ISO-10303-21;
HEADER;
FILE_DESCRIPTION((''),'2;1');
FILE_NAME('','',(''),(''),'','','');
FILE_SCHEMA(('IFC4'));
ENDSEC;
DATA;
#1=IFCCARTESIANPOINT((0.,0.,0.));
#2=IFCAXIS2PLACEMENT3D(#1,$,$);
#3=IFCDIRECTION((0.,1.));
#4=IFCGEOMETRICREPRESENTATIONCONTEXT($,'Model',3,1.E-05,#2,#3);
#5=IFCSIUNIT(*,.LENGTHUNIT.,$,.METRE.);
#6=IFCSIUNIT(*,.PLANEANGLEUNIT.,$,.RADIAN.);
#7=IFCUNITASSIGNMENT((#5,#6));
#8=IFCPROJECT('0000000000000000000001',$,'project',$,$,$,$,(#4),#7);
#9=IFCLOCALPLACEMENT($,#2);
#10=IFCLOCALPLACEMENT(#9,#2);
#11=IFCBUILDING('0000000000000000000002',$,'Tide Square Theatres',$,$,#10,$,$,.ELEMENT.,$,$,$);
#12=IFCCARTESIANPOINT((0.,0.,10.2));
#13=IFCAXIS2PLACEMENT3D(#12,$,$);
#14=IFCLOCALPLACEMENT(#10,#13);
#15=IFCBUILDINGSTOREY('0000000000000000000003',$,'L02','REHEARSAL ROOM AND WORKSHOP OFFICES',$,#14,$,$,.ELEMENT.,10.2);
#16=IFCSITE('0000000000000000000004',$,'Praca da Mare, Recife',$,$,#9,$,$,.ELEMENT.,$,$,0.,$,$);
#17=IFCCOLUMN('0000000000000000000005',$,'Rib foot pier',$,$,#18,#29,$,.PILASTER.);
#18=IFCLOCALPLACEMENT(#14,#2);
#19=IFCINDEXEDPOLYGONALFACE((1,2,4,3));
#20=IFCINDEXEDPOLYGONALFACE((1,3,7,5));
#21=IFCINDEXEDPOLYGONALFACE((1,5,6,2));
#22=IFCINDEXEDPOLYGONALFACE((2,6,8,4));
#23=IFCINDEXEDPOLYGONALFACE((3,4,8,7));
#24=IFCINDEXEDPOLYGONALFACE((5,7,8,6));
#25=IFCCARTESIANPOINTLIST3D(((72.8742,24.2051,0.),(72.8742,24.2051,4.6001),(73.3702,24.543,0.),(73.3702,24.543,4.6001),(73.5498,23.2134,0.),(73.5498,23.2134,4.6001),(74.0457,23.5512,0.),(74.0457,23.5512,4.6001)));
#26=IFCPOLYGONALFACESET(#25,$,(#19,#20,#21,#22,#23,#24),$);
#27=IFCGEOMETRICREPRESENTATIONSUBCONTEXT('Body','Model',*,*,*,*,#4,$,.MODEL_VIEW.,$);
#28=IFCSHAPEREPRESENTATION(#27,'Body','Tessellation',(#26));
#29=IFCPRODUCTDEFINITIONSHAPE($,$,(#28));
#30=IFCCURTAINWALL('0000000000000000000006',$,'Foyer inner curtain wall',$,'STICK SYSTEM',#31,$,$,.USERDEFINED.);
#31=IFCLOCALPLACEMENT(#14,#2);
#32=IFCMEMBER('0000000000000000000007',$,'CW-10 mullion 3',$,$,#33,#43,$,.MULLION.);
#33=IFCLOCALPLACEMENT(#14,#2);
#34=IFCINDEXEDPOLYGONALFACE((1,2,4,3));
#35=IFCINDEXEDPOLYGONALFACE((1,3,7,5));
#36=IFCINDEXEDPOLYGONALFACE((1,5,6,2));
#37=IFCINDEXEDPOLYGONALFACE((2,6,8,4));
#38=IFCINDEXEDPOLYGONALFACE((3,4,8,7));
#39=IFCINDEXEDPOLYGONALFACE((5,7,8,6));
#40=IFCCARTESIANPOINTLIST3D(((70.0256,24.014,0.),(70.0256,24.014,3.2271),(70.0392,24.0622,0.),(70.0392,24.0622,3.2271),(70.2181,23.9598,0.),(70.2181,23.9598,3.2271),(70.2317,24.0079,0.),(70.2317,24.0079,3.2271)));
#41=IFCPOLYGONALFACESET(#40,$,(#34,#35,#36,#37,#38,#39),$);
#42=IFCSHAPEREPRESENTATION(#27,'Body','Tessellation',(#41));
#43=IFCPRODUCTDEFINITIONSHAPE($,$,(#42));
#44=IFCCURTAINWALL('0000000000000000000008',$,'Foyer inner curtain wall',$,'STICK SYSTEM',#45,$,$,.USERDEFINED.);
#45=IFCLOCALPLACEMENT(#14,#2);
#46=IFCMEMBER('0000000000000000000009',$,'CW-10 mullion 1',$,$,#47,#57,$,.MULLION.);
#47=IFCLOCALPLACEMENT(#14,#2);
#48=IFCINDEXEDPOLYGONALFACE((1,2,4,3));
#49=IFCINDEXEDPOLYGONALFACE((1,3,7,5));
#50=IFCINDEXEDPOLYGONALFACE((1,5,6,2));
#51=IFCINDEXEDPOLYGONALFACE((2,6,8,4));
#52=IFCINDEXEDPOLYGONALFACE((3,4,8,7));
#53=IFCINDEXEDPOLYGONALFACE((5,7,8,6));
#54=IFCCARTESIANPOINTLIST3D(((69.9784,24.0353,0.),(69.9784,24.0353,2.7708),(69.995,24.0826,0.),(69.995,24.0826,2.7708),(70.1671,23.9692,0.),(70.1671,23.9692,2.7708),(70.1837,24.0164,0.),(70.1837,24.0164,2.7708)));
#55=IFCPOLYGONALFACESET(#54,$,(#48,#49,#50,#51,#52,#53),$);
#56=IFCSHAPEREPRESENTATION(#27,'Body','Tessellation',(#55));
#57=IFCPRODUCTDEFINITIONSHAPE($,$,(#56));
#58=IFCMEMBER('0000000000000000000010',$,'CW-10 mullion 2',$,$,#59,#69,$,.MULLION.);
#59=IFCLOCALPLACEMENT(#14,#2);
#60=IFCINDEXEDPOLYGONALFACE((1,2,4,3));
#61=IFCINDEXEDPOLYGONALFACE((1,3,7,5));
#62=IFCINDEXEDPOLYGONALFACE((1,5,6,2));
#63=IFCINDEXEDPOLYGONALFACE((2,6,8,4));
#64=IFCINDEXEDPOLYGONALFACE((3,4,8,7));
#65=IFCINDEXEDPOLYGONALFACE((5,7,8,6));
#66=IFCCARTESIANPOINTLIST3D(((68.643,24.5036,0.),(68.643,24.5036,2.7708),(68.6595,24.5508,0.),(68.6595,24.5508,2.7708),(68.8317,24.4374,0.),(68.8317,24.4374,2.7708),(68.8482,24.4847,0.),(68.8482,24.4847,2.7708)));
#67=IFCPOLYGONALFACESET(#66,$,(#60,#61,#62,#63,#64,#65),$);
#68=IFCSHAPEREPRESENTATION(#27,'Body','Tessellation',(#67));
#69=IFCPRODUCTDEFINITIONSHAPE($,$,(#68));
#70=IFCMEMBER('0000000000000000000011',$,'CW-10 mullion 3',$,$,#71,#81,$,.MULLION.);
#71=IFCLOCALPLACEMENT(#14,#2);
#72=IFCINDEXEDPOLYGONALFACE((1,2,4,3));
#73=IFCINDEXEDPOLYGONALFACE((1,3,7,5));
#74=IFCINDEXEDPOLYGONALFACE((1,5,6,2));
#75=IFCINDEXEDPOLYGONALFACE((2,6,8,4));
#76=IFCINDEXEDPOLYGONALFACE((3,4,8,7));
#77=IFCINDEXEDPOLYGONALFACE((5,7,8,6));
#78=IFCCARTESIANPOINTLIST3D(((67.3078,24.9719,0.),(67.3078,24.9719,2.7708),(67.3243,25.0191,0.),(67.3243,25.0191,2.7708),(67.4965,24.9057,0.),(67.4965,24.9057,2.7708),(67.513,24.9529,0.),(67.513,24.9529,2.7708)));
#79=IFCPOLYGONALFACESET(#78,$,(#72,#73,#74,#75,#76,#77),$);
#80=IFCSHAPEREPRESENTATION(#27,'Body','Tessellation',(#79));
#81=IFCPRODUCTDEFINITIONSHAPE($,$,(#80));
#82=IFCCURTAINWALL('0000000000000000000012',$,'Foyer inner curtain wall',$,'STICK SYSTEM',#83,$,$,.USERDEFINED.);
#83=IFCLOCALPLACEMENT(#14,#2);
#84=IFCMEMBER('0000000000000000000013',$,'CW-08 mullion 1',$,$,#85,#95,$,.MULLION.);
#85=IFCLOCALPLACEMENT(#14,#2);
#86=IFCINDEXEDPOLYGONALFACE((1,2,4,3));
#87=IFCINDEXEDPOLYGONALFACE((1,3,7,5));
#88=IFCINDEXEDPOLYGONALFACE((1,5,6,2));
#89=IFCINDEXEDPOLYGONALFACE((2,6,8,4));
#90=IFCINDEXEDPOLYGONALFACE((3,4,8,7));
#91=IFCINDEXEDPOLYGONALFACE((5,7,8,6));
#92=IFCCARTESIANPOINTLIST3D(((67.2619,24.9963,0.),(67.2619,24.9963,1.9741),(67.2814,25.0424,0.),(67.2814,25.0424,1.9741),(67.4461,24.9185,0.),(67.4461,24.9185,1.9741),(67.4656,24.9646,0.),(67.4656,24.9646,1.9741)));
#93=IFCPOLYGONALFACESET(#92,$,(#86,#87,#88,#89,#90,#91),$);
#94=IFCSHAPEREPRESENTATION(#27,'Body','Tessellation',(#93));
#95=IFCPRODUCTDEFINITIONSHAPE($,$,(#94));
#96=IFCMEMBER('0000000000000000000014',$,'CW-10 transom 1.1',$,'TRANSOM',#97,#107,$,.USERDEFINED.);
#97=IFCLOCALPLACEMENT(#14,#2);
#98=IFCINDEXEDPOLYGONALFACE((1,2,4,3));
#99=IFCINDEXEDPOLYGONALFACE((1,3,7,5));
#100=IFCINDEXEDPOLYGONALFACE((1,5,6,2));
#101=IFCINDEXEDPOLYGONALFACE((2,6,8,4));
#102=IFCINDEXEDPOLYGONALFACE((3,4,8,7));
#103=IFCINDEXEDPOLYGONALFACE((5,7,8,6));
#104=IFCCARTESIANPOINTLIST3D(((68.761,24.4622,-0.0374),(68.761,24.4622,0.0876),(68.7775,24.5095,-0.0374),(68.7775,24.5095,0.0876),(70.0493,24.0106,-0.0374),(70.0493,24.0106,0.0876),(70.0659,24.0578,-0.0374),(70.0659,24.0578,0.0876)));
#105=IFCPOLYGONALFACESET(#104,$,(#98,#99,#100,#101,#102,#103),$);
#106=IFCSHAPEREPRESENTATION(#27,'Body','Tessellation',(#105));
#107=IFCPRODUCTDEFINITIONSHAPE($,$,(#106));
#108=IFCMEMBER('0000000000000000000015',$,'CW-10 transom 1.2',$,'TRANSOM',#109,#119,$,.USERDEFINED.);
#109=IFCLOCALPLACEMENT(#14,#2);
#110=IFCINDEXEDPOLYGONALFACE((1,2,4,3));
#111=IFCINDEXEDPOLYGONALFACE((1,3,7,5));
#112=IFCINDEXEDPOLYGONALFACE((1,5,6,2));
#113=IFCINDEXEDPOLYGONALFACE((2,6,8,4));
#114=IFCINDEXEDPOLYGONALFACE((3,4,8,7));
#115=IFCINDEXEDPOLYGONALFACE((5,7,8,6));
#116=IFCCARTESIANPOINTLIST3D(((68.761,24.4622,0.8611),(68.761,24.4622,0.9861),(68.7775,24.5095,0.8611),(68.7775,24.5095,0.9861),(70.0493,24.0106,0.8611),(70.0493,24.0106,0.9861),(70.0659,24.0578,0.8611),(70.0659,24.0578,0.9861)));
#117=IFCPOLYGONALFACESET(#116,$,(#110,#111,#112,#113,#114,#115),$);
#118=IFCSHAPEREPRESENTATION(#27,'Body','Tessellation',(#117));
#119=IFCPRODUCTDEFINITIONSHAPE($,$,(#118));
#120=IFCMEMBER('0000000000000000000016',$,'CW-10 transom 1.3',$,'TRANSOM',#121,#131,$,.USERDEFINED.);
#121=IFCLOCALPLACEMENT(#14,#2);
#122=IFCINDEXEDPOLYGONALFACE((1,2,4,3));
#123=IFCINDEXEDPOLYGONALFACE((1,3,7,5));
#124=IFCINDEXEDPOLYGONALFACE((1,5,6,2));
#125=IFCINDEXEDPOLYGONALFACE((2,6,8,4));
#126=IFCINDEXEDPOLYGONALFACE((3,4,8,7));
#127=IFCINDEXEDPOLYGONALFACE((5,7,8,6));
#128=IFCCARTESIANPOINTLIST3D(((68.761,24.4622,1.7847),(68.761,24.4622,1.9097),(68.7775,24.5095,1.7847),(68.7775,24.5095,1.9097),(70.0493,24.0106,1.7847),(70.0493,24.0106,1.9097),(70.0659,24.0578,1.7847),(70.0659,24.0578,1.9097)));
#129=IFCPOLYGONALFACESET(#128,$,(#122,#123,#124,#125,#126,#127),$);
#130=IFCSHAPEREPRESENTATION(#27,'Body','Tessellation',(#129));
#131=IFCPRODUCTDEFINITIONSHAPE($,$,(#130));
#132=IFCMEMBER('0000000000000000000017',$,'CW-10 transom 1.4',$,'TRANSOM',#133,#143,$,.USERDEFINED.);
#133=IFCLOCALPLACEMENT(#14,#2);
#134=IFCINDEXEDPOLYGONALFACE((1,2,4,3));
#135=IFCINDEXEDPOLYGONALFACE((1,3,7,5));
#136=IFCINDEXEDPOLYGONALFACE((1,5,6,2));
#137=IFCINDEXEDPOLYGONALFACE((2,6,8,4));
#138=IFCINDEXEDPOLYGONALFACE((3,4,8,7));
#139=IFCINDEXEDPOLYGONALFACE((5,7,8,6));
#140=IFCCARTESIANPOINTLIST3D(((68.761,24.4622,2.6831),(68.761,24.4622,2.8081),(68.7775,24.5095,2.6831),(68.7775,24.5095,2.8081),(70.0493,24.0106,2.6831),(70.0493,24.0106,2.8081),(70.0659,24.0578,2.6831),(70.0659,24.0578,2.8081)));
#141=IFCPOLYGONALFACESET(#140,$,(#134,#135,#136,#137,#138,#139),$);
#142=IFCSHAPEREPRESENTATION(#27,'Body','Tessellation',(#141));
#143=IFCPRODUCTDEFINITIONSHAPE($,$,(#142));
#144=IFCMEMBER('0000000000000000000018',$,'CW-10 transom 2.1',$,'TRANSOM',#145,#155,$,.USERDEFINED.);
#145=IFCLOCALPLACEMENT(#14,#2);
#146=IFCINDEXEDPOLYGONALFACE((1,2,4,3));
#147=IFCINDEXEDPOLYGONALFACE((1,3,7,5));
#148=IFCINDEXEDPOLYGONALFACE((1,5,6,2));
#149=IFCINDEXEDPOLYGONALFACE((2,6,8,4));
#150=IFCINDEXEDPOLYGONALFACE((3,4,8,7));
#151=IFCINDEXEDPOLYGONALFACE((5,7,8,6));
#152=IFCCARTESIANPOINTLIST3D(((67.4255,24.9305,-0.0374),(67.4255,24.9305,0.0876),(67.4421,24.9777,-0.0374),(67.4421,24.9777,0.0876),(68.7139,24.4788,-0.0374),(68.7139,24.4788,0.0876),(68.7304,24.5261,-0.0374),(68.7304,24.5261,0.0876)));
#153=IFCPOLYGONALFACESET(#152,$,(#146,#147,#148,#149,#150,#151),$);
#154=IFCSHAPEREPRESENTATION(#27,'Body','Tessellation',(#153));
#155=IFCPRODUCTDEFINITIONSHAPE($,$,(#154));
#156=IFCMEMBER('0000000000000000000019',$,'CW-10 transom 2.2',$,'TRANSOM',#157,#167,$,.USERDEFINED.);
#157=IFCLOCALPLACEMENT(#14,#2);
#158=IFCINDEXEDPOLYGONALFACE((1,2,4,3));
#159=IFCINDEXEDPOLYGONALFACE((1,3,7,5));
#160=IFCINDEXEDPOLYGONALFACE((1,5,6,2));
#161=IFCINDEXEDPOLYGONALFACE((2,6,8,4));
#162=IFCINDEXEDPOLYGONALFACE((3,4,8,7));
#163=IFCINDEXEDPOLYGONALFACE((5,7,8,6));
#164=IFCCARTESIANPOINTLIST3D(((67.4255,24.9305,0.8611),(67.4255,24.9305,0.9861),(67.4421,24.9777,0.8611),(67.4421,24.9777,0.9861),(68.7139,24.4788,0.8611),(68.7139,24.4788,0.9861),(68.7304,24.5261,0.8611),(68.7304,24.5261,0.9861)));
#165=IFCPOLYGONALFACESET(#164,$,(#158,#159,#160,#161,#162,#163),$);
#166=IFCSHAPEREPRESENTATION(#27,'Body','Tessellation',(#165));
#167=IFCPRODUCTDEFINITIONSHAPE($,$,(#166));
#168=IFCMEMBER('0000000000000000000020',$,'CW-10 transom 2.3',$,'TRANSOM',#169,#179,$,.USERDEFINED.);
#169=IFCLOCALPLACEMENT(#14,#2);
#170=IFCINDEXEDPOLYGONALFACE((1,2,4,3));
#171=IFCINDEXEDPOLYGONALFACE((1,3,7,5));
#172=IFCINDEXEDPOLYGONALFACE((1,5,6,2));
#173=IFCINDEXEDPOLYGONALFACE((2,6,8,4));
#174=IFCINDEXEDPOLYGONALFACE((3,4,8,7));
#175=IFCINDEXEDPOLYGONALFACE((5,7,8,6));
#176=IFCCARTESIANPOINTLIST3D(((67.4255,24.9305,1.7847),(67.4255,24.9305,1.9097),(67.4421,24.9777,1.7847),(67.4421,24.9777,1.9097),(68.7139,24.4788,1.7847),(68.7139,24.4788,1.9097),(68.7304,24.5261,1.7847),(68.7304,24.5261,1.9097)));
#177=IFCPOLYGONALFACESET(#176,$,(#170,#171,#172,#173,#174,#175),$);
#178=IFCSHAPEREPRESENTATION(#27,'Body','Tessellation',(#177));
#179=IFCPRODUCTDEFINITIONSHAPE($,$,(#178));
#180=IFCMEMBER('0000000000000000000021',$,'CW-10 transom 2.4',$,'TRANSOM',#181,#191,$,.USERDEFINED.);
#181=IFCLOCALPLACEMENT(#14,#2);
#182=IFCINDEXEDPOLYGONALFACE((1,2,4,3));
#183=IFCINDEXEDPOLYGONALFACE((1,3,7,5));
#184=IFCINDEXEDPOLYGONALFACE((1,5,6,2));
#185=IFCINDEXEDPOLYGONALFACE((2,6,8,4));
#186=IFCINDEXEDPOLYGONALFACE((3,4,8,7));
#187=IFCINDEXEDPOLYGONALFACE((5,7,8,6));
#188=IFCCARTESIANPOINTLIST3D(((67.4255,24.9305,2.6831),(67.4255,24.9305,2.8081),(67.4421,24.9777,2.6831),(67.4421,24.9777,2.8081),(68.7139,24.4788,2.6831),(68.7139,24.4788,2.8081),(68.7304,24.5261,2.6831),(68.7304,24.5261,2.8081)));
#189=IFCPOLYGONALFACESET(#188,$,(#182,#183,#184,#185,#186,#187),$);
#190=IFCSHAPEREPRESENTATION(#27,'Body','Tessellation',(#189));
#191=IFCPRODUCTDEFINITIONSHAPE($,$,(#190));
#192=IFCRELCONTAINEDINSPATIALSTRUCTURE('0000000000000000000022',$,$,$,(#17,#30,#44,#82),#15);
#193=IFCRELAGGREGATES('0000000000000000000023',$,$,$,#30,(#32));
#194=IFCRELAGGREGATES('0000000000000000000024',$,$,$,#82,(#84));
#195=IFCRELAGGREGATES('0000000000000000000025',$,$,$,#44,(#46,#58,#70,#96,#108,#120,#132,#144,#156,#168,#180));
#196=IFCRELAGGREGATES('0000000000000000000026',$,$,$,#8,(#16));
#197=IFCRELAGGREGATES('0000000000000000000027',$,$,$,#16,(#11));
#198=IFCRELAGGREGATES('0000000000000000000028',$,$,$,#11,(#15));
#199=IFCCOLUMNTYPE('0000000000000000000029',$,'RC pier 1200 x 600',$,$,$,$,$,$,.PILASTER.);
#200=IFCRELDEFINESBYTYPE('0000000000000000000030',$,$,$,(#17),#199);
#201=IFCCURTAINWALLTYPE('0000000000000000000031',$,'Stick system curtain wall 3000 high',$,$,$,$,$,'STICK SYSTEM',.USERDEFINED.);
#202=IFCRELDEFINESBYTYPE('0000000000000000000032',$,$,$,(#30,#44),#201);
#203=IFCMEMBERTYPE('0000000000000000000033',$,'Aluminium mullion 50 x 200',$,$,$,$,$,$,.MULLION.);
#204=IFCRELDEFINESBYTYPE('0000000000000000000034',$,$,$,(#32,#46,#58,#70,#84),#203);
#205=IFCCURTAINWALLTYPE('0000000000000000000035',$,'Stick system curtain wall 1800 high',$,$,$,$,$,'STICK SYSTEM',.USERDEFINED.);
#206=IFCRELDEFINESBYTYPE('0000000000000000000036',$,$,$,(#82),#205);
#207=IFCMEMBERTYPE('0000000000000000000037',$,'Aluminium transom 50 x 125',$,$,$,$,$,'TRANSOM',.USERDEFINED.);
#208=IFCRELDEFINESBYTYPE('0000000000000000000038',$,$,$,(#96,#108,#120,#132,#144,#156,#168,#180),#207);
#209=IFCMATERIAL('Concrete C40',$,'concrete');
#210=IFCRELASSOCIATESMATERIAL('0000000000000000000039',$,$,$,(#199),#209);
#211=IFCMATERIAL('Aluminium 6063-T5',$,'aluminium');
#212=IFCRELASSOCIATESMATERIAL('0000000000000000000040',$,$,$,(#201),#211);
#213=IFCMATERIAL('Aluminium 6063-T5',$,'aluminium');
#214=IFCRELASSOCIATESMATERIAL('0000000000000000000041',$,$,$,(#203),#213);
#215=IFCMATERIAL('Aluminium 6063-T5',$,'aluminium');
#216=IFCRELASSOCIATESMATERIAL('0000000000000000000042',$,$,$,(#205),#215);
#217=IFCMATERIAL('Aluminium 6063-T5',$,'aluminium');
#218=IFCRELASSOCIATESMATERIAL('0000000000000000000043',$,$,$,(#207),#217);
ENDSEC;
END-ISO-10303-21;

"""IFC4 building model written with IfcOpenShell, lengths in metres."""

from ifc_helpers import new_model, si_unit, direction, frame, origin, origin_2d, place, context, subcontext, project, spatial, rectangle, extrude, material, material_profile, profile_set, type_object, element, aggregate, save


model = new_model("IFC4")

# Units and contexts
model_context = context("Model", 3, precision=1e-05, world=origin(), true_north=direction((0.0, 1.0)))
body_context = subcontext(model_context, "Body", "Model", "MODEL_VIEW")
ifc_project = project(units=[si_unit("LENGTHUNIT", "METRE"), si_unit("PLANEANGLEUNIT", "RADIAN")], contexts=[model_context])

# Site, building, storey
site_placement = place(None, origin())
site = spatial("IfcSite", under=ifc_project, at=site_placement, Name="Praca da Mare, Recife", CompositionType="ELEMENT", RefElevation=0.0)
building_placement = place(site_placement, origin())
building = spatial("IfcBuilding", under=site, at=building_placement, Name="Tide Square Theatres", CompositionType="ELEMENT")
storey_placement = place(building_placement, frame((0.0, 0.0, 10.2)))
storey = spatial("IfcBuildingStorey", under=building, at=storey_placement, Name="L02", Description="REHEARSAL ROOM AND WORKSHOP OFFICES", CompositionType="ELEMENT", Elevation=10.2)

# Column
ifc_material_1 = material(Name="Concrete C40", Category="concrete")
ifc_material_profile_1 = material_profile(ifc_material_1, rectangle(XDim=1.2, YDim=0.6001, at=origin_2d()))
ifc_profile_set_1 = profile_set([ifc_material_profile_1], Name="Concrete C40")
column_type = type_object("IfcColumnType", Name="RC pier 1200 x 600", PredefinedType="PILASTER", material=ifc_profile_set_1)
column_placement = place(storey_placement, frame((73.46, 23.8782, 0.0), z_axis=(0.0, 0.0, 1.0), x_axis=(0.562978, -0.826472, 0.0)))
element("IfcColumn", 1, at=column_placement, inside=storey, type_object=column_type, Name="Rib foot pier", PredefinedType="PILASTER", context=body_context, shape_type="SweptSolid", body=[
    extrude(rectangle(XDim=1.2, YDim=0.6001, at=origin_2d()), origin(), (0.0, 0.0, 1.0), 4.6001),
])

# Curtain wall, member
ifc_material_2 = material(Name="Aluminium 6063-T5", Category="aluminium")
curtain_wall_type_1 = type_object("IfcCurtainWallType", Name="Stick system curtain wall 3000 high", ElementType="STICK SYSTEM", PredefinedType="USERDEFINED", material=ifc_material_2)
curtain_wall_1_placement = place(storey_placement, origin())
curtain_wall_1 = element("IfcCurtainWall", 2, at=curtain_wall_1_placement, inside=storey, type_object=curtain_wall_type_1, Name="Foyer inner curtain wall", ObjectType="STICK SYSTEM", PredefinedType="USERDEFINED")
ifc_material_3 = material(Name="Aluminium 6063-T5", Category="aluminium")
ifc_material_profile_2 = material_profile(ifc_material_3, rectangle(XDim=0.05, YDim=0.2, at=origin_2d()))
ifc_profile_set_2 = profile_set([ifc_material_profile_2], Name="Aluminium 6063-T5")
member_type_1 = type_object("IfcMemberType", Name="Aluminium mullion 50 x 200", PredefinedType="MULLION", material=ifc_profile_set_2)
member_1_placement = place(storey_placement, frame((70.1287, 24.011, 0.0), z_axis=(0.0, 0.0, 1.0), x_axis=(-0.271328, -0.962487, 0.0)))
member_1 = element("IfcMember", 3, at=member_1_placement, type_object=member_type_1, Name="CW-10 mullion 3", PredefinedType="MULLION", context=body_context, shape_type="SweptSolid", body=[
    extrude(rectangle(XDim=0.05, YDim=0.2, at=origin_2d()), origin(), (0.0, 0.0, 1.0), 3.2271),
])
aggregate(curtain_wall_1, [member_1])

# Curtain wall, members
curtain_wall_2_placement = place(storey_placement, origin())
curtain_wall_2 = element("IfcCurtainWall", 4, at=curtain_wall_2_placement, inside=storey, type_object=curtain_wall_type_1, Name="Foyer inner curtain wall", ObjectType="STICK SYSTEM", PredefinedType="USERDEFINED")
member_2_placement = place(storey_placement, frame((70.0811, 24.0259, 0.0), z_axis=(0.0, 0.0, 1.0), x_axis=(-0.330876, -0.943674, 0.0)))
member_2 = element("IfcMember", 5, at=member_2_placement, type_object=member_type_1, Name="CW-10 mullion 1", PredefinedType="MULLION", context=body_context, shape_type="SweptSolid", body=[
    extrude(rectangle(XDim=0.05, YDim=0.2, at=origin_2d()), origin(), (0.0, 0.0, 1.0), 2.7708),
])
member_3_placement = place(storey_placement, frame((68.7456, 24.4941, 0.0), z_axis=(0.0, 0.0, 1.0), x_axis=(-0.330876, -0.943674, 0.0)))
member_3 = element("IfcMember", 6, at=member_3_placement, type_object=member_type_1, Name="CW-10 mullion 2", PredefinedType="MULLION", context=body_context, shape_type="SweptSolid", body=[
    extrude(rectangle(XDim=0.05, YDim=0.2, at=origin_2d()), origin(), (0.0, 0.0, 1.0), 2.7708),
])
member_4_placement = place(storey_placement, frame((67.4104, 24.9624, 0.0), z_axis=(0.0, 0.0, 1.0), x_axis=(-0.330876, -0.943674, 0.0)))
member_4 = element("IfcMember", 7, at=member_4_placement, type_object=member_type_1, Name="CW-10 mullion 3", PredefinedType="MULLION", context=body_context, shape_type="SweptSolid", body=[
    extrude(rectangle(XDim=0.05, YDim=0.2, at=origin_2d()), origin(), (0.0, 0.0, 1.0), 2.7708),
])

# Curtain wall, member
ifc_material_4 = material(Name="Aluminium 6063-T5", Category="aluminium")
curtain_wall_type_2 = type_object("IfcCurtainWallType", Name="Stick system curtain wall 1800 high", ElementType="STICK SYSTEM", PredefinedType="USERDEFINED", material=ifc_material_4)
curtain_wall_3_placement = place(storey_placement, origin())
curtain_wall_3 = element("IfcCurtainWall", 8, at=curtain_wall_3_placement, inside=storey, type_object=curtain_wall_type_2, Name="Foyer inner curtain wall", ObjectType="STICK SYSTEM", PredefinedType="USERDEFINED")
member_5_placement = place(storey_placement, frame((67.3638, 24.9805, 0.0), z_axis=(0.0, 0.0, 1.0), x_axis=(-0.389137, -0.92118, 0.0)))
member_5 = element("IfcMember", 9, at=member_5_placement, type_object=member_type_1, Name="CW-08 mullion 1", PredefinedType="MULLION", context=body_context, shape_type="SweptSolid", body=[
    extrude(rectangle(XDim=0.05, YDim=0.2, at=origin_2d()), origin(), (0.0, 0.0, 1.0), 1.9741),
])

# Members
ifc_material_5 = material(Name="Aluminium 6063-T5", Category="aluminium")
ifc_material_profile_3 = material_profile(ifc_material_5, rectangle(XDim=0.05, YDim=0.125, at=origin_2d()))
ifc_profile_set_3 = profile_set([ifc_material_profile_3], Name="Aluminium 6063-T5")
member_type_2 = type_object("IfcMemberType", Name="Aluminium transom 50 x 125", ElementType="TRANSOM", PredefinedType="USERDEFINED", material=ifc_profile_set_3)
member_6_placement = place(storey_placement, frame((70.0576, 24.0342, 0.0251), z_axis=(-0.943688, 0.330836, 0.0), x_axis=(-0.330836, -0.943688, 0.0)))
member_6 = element("IfcMember", 10, at=member_6_placement, type_object=member_type_2, Name="CW-10 transom 1.1", ObjectType="TRANSOM", PredefinedType="USERDEFINED", context=body_context, shape_type="SweptSolid", body=[
    extrude(rectangle(XDim=0.05, YDim=0.125, at=origin_2d()), origin(), (0.0, 0.0, 1.0), 1.3652),
])
member_7_placement = place(storey_placement, frame((70.0576, 24.0342, 0.9236), z_axis=(-0.943688, 0.330836, 0.0), x_axis=(-0.330836, -0.943688, 0.0)))
member_7 = element("IfcMember", 11, at=member_7_placement, type_object=member_type_2, Name="CW-10 transom 1.2", ObjectType="TRANSOM", PredefinedType="USERDEFINED", context=body_context, shape_type="SweptSolid", body=[
    extrude(rectangle(XDim=0.05, YDim=0.125, at=origin_2d()), origin(), (0.0, 0.0, 1.0), 1.3652),
])
member_8_placement = place(storey_placement, frame((70.0576, 24.0342, 1.8472), z_axis=(-0.943688, 0.330836, 0.0), x_axis=(-0.330836, -0.943688, 0.0)))
member_8 = element("IfcMember", 12, at=member_8_placement, type_object=member_type_2, Name="CW-10 transom 1.3", ObjectType="TRANSOM", PredefinedType="USERDEFINED", context=body_context, shape_type="SweptSolid", body=[
    extrude(rectangle(XDim=0.05, YDim=0.125, at=origin_2d()), origin(), (0.0, 0.0, 1.0), 1.3652),
])
member_9_placement = place(storey_placement, frame((70.0576, 24.0342, 2.7456), z_axis=(-0.943688, 0.330836, 0.0), x_axis=(-0.330836, -0.943688, 0.0)))
member_9 = element("IfcMember", 13, at=member_9_placement, type_object=member_type_2, Name="CW-10 transom 1.4", ObjectType="TRANSOM", PredefinedType="USERDEFINED", context=body_context, shape_type="SweptSolid", body=[
    extrude(rectangle(XDim=0.05, YDim=0.125, at=origin_2d()), origin(), (0.0, 0.0, 1.0), 1.3652),
])
member_10_placement = place(storey_placement, frame((68.7222, 24.5024, 0.0251), z_axis=(-0.943688, 0.330836, 0.0), x_axis=(-0.330836, -0.943688, 0.0)))
member_10 = element("IfcMember", 14, at=member_10_placement, type_object=member_type_2, Name="CW-10 transom 2.1", ObjectType="TRANSOM", PredefinedType="USERDEFINED", context=body_context, shape_type="SweptSolid", body=[
    extrude(rectangle(XDim=0.05, YDim=0.125, at=origin_2d()), origin(), (0.0, 0.0, 1.0), 1.3652),
])
member_11_placement = place(storey_placement, frame((68.7222, 24.5024, 0.9236), z_axis=(-0.943688, 0.330836, 0.0), x_axis=(-0.330836, -0.943688, 0.0)))
member_11 = element("IfcMember", 15, at=member_11_placement, type_object=member_type_2, Name="CW-10 transom 2.2", ObjectType="TRANSOM", PredefinedType="USERDEFINED", context=body_context, shape_type="SweptSolid", body=[
    extrude(rectangle(XDim=0.05, YDim=0.125, at=origin_2d()), origin(), (0.0, 0.0, 1.0), 1.3652),
])
member_12_placement = place(storey_placement, frame((68.7222, 24.5024, 1.8472), z_axis=(-0.943688, 0.330836, 0.0), x_axis=(-0.330836, -0.943688, 0.0)))
member_12 = element("IfcMember", 16, at=member_12_placement, type_object=member_type_2, Name="CW-10 transom 2.3", ObjectType="TRANSOM", PredefinedType="USERDEFINED", context=body_context, shape_type="SweptSolid", body=[
    extrude(rectangle(XDim=0.05, YDim=0.125, at=origin_2d()), origin(), (0.0, 0.0, 1.0), 1.3652),
])
member_13_placement = place(storey_placement, frame((68.7222, 24.5024, 2.7456), z_axis=(-0.943688, 0.330836, 0.0), x_axis=(-0.330836, -0.943688, 0.0)))
member_13 = element("IfcMember", 17, at=member_13_placement, type_object=member_type_2, Name="CW-10 transom 2.4", ObjectType="TRANSOM", PredefinedType="USERDEFINED", context=body_context, shape_type="SweptSolid", body=[
    extrude(rectangle(XDim=0.05, YDim=0.125, at=origin_2d()), origin(), (0.0, 0.0, 1.0), 1.3652),
])
aggregate(curtain_wall_3, [member_5])

aggregate(curtain_wall_2, [member_2, member_3, member_4, member_6, member_7, member_8, member_9, member_10, member_11, member_12, member_13])

save(model, "model.ifc")
